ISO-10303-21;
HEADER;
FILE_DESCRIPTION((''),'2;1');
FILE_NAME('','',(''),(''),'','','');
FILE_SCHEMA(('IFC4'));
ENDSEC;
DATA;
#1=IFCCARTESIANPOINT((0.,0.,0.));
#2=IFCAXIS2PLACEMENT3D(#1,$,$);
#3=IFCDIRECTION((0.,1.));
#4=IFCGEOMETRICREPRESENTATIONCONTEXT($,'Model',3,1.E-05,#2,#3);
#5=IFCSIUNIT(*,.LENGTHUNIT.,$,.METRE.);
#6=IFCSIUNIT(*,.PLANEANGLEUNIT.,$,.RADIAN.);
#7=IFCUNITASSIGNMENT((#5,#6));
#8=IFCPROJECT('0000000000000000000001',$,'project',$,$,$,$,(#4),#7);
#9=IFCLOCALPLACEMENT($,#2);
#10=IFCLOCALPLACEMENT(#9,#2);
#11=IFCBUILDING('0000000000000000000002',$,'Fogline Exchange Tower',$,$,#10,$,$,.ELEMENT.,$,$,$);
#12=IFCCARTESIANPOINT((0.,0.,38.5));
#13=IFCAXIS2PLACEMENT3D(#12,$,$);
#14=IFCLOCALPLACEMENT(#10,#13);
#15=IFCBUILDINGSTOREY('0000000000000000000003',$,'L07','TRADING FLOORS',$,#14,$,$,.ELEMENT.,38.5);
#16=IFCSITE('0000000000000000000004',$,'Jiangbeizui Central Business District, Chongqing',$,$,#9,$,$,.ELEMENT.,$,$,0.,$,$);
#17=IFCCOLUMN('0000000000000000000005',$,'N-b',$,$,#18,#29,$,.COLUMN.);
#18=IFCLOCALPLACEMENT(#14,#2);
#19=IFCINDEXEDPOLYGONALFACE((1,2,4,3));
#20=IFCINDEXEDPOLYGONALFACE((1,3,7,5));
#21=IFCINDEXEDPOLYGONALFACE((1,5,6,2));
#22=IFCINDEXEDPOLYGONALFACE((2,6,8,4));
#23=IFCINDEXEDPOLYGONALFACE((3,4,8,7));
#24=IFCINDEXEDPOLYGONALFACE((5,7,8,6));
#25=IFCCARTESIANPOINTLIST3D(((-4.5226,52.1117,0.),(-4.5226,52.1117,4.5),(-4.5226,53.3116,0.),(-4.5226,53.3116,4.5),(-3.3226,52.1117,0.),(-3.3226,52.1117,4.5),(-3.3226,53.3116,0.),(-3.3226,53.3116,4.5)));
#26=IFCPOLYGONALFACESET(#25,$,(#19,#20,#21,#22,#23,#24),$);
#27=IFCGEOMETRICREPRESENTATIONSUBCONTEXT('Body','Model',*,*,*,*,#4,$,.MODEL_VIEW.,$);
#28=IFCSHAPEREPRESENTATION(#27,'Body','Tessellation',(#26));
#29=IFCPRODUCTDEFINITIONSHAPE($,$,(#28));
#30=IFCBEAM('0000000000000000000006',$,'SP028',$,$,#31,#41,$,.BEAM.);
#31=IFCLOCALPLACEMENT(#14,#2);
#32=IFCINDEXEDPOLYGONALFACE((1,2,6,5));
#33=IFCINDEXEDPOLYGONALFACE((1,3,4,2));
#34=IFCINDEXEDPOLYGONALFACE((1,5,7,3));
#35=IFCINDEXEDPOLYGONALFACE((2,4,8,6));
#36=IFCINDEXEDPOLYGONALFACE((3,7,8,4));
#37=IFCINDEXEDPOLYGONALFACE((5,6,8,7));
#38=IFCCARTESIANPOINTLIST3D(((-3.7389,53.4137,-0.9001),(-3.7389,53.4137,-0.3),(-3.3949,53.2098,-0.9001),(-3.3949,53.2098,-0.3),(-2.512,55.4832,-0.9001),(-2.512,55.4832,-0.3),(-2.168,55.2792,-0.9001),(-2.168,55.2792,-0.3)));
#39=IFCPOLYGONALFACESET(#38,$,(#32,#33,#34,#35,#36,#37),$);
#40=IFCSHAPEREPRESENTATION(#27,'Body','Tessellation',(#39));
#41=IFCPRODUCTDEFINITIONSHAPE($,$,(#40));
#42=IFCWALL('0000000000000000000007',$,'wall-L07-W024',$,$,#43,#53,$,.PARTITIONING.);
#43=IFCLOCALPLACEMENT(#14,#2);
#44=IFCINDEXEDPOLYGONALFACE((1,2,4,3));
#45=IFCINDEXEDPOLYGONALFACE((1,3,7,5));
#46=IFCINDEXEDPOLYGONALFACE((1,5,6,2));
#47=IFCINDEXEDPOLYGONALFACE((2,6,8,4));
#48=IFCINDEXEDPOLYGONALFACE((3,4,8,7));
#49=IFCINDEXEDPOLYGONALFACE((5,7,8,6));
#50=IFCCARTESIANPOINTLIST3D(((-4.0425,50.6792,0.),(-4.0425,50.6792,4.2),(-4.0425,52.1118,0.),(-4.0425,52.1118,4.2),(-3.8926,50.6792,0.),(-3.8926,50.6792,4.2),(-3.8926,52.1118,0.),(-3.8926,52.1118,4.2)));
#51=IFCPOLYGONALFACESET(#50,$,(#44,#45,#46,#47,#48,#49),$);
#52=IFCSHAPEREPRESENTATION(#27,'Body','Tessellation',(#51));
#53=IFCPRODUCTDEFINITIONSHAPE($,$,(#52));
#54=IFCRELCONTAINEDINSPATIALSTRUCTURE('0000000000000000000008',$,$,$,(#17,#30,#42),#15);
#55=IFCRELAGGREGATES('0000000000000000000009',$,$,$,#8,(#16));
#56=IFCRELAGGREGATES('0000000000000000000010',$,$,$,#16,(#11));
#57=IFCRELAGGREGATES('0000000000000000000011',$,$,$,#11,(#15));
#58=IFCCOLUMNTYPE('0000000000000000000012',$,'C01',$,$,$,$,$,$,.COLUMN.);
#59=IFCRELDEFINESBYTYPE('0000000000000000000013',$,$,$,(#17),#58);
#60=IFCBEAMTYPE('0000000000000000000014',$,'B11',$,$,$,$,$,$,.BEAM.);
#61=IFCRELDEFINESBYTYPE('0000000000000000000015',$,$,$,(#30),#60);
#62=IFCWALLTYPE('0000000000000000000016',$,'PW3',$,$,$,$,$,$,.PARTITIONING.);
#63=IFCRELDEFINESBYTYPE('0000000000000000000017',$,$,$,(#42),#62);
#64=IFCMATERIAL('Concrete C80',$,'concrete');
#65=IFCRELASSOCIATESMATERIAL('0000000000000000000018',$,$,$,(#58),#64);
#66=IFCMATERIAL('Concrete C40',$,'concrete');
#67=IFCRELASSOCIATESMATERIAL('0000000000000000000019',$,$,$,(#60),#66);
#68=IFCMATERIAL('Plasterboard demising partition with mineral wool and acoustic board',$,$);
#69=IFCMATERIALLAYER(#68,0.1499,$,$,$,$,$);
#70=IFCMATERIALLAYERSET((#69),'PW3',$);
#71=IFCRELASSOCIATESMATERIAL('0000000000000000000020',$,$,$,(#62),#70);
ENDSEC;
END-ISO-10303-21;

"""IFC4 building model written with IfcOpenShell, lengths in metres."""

from ifc_helpers import new_model, si_unit, direction, frame, frame_2d, origin, origin_2d, place, context, subcontext, project, spatial, rectangle, extrude, material, layer, layer_set, material_profile, profile_set, type_object, element, save


model = new_model("IFC4")

# Units and contexts
model_context = context("Model", 3, precision=1e-05, world=origin(), true_north=direction((0.0, 1.0)))
body_context = subcontext(model_context, "Body", "Model", "MODEL_VIEW")
ifc_project = project(units=[si_unit("LENGTHUNIT", "METRE"), si_unit("PLANEANGLEUNIT", "RADIAN")], contexts=[model_context])

# Site, building, storey
site_placement = place(None, origin())
site = spatial("IfcSite", under=ifc_project, at=site_placement, Name="Jiangbeizui Central Business District, Chongqing", CompositionType="ELEMENT", RefElevation=0.0)
building_placement = place(site_placement, origin())
building = spatial("IfcBuilding", under=site, at=building_placement, Name="Fogline Exchange Tower", CompositionType="ELEMENT")
storey_placement = place(building_placement, frame((0.0, 0.0, 38.5)))
storey = spatial("IfcBuildingStorey", under=building, at=storey_placement, Name="L07", Description="TRADING FLOORS", CompositionType="ELEMENT", Elevation=38.5)

# Column
ifc_material_1 = material(Name="Concrete C80", Category="concrete")
ifc_material_profile_1 = material_profile(ifc_material_1, rectangle(XDim=1.2, YDim=1.2, at=origin_2d()), Name="RC 1200x1200")
ifc_profile_set_1 = profile_set([ifc_material_profile_1], Name="Concrete C80")
column_type = type_object("IfcColumnType", Name="C01", PredefinedType="COLUMN", material=ifc_profile_set_1)
column_placement = place(storey_placement, frame((-3.9226, 52.7117, 0.0), z_axis=(0.0, 0.0, 1.0), x_axis=(1.0, 0.0, 0.0)))
element("IfcColumn", 1, at=column_placement, inside=storey, type_object=column_type, Name="N-b", PredefinedType="COLUMN", context=body_context, shape_type="SweptSolid", body=[
    extrude(rectangle(XDim=1.2, YDim=1.2, at=origin_2d()), origin(), (0.0, 0.0, 1.0), 4.5),
])

# Beam
ifc_material_2 = material(Name="Concrete C40", Category="concrete")
ifc_material_profile_2 = material_profile(ifc_material_2, rectangle(XDim=0.3999, YDim=0.6001, at=origin_2d()), Name="RC 400x600")
ifc_profile_set_2 = profile_set([ifc_material_profile_2], Name="Concrete C40")
beam_type = type_object("IfcBeamType", Name="B11", PredefinedType="BEAM", material=ifc_profile_set_2)
beam_placement = place(storey_placement, frame((-3.5669, 53.3118, -0.6001), z_axis=(0.509967, 0.860194, 0.0), x_axis=(-0.860194, 0.509967, 0.0)))
element("IfcBeam", 2, at=beam_placement, inside=storey, type_object=beam_type, Name="SP028", PredefinedType="BEAM", context=body_context, shape_type="SweptSolid", body=[
    extrude(rectangle(XDim=0.3999, YDim=0.6001, at=origin_2d()), origin(), (0.0, 0.0, 1.0), 2.4058),
])

# Wall
ifc_material_3 = material(Name="Plasterboard demising partition with mineral wool and acoustic board")
ifc_layer_1 = layer(ifc_material_3, 0.1499)
ifc_layer_set_1 = layer_set([ifc_layer_1], Name="PW3")
wall_type_1 = type_object("IfcWallType", Name="PW3", PredefinedType="PARTITIONING", material=ifc_layer_set_1)
wall_1_placement = place(storey_placement, frame((-3.9675, 52.1118, 0.0), z_axis=(0.0, 0.0, 1.0), x_axis=(0.0, -1.0, 0.0)))
element("IfcWall", 3, at=wall_1_placement, inside=storey, type_object=wall_type_1, Name="wall-L07-W024", PredefinedType="PARTITIONING", context=body_context, shape_type="SweptSolid", body=[
    extrude(rectangle(XDim=1.4326, YDim=0.1499, at=frame_2d((0.7163, 0.0))), origin(), (0.0, 0.0, 1.0), 4.2),
])

save(model, "model.ifc")
